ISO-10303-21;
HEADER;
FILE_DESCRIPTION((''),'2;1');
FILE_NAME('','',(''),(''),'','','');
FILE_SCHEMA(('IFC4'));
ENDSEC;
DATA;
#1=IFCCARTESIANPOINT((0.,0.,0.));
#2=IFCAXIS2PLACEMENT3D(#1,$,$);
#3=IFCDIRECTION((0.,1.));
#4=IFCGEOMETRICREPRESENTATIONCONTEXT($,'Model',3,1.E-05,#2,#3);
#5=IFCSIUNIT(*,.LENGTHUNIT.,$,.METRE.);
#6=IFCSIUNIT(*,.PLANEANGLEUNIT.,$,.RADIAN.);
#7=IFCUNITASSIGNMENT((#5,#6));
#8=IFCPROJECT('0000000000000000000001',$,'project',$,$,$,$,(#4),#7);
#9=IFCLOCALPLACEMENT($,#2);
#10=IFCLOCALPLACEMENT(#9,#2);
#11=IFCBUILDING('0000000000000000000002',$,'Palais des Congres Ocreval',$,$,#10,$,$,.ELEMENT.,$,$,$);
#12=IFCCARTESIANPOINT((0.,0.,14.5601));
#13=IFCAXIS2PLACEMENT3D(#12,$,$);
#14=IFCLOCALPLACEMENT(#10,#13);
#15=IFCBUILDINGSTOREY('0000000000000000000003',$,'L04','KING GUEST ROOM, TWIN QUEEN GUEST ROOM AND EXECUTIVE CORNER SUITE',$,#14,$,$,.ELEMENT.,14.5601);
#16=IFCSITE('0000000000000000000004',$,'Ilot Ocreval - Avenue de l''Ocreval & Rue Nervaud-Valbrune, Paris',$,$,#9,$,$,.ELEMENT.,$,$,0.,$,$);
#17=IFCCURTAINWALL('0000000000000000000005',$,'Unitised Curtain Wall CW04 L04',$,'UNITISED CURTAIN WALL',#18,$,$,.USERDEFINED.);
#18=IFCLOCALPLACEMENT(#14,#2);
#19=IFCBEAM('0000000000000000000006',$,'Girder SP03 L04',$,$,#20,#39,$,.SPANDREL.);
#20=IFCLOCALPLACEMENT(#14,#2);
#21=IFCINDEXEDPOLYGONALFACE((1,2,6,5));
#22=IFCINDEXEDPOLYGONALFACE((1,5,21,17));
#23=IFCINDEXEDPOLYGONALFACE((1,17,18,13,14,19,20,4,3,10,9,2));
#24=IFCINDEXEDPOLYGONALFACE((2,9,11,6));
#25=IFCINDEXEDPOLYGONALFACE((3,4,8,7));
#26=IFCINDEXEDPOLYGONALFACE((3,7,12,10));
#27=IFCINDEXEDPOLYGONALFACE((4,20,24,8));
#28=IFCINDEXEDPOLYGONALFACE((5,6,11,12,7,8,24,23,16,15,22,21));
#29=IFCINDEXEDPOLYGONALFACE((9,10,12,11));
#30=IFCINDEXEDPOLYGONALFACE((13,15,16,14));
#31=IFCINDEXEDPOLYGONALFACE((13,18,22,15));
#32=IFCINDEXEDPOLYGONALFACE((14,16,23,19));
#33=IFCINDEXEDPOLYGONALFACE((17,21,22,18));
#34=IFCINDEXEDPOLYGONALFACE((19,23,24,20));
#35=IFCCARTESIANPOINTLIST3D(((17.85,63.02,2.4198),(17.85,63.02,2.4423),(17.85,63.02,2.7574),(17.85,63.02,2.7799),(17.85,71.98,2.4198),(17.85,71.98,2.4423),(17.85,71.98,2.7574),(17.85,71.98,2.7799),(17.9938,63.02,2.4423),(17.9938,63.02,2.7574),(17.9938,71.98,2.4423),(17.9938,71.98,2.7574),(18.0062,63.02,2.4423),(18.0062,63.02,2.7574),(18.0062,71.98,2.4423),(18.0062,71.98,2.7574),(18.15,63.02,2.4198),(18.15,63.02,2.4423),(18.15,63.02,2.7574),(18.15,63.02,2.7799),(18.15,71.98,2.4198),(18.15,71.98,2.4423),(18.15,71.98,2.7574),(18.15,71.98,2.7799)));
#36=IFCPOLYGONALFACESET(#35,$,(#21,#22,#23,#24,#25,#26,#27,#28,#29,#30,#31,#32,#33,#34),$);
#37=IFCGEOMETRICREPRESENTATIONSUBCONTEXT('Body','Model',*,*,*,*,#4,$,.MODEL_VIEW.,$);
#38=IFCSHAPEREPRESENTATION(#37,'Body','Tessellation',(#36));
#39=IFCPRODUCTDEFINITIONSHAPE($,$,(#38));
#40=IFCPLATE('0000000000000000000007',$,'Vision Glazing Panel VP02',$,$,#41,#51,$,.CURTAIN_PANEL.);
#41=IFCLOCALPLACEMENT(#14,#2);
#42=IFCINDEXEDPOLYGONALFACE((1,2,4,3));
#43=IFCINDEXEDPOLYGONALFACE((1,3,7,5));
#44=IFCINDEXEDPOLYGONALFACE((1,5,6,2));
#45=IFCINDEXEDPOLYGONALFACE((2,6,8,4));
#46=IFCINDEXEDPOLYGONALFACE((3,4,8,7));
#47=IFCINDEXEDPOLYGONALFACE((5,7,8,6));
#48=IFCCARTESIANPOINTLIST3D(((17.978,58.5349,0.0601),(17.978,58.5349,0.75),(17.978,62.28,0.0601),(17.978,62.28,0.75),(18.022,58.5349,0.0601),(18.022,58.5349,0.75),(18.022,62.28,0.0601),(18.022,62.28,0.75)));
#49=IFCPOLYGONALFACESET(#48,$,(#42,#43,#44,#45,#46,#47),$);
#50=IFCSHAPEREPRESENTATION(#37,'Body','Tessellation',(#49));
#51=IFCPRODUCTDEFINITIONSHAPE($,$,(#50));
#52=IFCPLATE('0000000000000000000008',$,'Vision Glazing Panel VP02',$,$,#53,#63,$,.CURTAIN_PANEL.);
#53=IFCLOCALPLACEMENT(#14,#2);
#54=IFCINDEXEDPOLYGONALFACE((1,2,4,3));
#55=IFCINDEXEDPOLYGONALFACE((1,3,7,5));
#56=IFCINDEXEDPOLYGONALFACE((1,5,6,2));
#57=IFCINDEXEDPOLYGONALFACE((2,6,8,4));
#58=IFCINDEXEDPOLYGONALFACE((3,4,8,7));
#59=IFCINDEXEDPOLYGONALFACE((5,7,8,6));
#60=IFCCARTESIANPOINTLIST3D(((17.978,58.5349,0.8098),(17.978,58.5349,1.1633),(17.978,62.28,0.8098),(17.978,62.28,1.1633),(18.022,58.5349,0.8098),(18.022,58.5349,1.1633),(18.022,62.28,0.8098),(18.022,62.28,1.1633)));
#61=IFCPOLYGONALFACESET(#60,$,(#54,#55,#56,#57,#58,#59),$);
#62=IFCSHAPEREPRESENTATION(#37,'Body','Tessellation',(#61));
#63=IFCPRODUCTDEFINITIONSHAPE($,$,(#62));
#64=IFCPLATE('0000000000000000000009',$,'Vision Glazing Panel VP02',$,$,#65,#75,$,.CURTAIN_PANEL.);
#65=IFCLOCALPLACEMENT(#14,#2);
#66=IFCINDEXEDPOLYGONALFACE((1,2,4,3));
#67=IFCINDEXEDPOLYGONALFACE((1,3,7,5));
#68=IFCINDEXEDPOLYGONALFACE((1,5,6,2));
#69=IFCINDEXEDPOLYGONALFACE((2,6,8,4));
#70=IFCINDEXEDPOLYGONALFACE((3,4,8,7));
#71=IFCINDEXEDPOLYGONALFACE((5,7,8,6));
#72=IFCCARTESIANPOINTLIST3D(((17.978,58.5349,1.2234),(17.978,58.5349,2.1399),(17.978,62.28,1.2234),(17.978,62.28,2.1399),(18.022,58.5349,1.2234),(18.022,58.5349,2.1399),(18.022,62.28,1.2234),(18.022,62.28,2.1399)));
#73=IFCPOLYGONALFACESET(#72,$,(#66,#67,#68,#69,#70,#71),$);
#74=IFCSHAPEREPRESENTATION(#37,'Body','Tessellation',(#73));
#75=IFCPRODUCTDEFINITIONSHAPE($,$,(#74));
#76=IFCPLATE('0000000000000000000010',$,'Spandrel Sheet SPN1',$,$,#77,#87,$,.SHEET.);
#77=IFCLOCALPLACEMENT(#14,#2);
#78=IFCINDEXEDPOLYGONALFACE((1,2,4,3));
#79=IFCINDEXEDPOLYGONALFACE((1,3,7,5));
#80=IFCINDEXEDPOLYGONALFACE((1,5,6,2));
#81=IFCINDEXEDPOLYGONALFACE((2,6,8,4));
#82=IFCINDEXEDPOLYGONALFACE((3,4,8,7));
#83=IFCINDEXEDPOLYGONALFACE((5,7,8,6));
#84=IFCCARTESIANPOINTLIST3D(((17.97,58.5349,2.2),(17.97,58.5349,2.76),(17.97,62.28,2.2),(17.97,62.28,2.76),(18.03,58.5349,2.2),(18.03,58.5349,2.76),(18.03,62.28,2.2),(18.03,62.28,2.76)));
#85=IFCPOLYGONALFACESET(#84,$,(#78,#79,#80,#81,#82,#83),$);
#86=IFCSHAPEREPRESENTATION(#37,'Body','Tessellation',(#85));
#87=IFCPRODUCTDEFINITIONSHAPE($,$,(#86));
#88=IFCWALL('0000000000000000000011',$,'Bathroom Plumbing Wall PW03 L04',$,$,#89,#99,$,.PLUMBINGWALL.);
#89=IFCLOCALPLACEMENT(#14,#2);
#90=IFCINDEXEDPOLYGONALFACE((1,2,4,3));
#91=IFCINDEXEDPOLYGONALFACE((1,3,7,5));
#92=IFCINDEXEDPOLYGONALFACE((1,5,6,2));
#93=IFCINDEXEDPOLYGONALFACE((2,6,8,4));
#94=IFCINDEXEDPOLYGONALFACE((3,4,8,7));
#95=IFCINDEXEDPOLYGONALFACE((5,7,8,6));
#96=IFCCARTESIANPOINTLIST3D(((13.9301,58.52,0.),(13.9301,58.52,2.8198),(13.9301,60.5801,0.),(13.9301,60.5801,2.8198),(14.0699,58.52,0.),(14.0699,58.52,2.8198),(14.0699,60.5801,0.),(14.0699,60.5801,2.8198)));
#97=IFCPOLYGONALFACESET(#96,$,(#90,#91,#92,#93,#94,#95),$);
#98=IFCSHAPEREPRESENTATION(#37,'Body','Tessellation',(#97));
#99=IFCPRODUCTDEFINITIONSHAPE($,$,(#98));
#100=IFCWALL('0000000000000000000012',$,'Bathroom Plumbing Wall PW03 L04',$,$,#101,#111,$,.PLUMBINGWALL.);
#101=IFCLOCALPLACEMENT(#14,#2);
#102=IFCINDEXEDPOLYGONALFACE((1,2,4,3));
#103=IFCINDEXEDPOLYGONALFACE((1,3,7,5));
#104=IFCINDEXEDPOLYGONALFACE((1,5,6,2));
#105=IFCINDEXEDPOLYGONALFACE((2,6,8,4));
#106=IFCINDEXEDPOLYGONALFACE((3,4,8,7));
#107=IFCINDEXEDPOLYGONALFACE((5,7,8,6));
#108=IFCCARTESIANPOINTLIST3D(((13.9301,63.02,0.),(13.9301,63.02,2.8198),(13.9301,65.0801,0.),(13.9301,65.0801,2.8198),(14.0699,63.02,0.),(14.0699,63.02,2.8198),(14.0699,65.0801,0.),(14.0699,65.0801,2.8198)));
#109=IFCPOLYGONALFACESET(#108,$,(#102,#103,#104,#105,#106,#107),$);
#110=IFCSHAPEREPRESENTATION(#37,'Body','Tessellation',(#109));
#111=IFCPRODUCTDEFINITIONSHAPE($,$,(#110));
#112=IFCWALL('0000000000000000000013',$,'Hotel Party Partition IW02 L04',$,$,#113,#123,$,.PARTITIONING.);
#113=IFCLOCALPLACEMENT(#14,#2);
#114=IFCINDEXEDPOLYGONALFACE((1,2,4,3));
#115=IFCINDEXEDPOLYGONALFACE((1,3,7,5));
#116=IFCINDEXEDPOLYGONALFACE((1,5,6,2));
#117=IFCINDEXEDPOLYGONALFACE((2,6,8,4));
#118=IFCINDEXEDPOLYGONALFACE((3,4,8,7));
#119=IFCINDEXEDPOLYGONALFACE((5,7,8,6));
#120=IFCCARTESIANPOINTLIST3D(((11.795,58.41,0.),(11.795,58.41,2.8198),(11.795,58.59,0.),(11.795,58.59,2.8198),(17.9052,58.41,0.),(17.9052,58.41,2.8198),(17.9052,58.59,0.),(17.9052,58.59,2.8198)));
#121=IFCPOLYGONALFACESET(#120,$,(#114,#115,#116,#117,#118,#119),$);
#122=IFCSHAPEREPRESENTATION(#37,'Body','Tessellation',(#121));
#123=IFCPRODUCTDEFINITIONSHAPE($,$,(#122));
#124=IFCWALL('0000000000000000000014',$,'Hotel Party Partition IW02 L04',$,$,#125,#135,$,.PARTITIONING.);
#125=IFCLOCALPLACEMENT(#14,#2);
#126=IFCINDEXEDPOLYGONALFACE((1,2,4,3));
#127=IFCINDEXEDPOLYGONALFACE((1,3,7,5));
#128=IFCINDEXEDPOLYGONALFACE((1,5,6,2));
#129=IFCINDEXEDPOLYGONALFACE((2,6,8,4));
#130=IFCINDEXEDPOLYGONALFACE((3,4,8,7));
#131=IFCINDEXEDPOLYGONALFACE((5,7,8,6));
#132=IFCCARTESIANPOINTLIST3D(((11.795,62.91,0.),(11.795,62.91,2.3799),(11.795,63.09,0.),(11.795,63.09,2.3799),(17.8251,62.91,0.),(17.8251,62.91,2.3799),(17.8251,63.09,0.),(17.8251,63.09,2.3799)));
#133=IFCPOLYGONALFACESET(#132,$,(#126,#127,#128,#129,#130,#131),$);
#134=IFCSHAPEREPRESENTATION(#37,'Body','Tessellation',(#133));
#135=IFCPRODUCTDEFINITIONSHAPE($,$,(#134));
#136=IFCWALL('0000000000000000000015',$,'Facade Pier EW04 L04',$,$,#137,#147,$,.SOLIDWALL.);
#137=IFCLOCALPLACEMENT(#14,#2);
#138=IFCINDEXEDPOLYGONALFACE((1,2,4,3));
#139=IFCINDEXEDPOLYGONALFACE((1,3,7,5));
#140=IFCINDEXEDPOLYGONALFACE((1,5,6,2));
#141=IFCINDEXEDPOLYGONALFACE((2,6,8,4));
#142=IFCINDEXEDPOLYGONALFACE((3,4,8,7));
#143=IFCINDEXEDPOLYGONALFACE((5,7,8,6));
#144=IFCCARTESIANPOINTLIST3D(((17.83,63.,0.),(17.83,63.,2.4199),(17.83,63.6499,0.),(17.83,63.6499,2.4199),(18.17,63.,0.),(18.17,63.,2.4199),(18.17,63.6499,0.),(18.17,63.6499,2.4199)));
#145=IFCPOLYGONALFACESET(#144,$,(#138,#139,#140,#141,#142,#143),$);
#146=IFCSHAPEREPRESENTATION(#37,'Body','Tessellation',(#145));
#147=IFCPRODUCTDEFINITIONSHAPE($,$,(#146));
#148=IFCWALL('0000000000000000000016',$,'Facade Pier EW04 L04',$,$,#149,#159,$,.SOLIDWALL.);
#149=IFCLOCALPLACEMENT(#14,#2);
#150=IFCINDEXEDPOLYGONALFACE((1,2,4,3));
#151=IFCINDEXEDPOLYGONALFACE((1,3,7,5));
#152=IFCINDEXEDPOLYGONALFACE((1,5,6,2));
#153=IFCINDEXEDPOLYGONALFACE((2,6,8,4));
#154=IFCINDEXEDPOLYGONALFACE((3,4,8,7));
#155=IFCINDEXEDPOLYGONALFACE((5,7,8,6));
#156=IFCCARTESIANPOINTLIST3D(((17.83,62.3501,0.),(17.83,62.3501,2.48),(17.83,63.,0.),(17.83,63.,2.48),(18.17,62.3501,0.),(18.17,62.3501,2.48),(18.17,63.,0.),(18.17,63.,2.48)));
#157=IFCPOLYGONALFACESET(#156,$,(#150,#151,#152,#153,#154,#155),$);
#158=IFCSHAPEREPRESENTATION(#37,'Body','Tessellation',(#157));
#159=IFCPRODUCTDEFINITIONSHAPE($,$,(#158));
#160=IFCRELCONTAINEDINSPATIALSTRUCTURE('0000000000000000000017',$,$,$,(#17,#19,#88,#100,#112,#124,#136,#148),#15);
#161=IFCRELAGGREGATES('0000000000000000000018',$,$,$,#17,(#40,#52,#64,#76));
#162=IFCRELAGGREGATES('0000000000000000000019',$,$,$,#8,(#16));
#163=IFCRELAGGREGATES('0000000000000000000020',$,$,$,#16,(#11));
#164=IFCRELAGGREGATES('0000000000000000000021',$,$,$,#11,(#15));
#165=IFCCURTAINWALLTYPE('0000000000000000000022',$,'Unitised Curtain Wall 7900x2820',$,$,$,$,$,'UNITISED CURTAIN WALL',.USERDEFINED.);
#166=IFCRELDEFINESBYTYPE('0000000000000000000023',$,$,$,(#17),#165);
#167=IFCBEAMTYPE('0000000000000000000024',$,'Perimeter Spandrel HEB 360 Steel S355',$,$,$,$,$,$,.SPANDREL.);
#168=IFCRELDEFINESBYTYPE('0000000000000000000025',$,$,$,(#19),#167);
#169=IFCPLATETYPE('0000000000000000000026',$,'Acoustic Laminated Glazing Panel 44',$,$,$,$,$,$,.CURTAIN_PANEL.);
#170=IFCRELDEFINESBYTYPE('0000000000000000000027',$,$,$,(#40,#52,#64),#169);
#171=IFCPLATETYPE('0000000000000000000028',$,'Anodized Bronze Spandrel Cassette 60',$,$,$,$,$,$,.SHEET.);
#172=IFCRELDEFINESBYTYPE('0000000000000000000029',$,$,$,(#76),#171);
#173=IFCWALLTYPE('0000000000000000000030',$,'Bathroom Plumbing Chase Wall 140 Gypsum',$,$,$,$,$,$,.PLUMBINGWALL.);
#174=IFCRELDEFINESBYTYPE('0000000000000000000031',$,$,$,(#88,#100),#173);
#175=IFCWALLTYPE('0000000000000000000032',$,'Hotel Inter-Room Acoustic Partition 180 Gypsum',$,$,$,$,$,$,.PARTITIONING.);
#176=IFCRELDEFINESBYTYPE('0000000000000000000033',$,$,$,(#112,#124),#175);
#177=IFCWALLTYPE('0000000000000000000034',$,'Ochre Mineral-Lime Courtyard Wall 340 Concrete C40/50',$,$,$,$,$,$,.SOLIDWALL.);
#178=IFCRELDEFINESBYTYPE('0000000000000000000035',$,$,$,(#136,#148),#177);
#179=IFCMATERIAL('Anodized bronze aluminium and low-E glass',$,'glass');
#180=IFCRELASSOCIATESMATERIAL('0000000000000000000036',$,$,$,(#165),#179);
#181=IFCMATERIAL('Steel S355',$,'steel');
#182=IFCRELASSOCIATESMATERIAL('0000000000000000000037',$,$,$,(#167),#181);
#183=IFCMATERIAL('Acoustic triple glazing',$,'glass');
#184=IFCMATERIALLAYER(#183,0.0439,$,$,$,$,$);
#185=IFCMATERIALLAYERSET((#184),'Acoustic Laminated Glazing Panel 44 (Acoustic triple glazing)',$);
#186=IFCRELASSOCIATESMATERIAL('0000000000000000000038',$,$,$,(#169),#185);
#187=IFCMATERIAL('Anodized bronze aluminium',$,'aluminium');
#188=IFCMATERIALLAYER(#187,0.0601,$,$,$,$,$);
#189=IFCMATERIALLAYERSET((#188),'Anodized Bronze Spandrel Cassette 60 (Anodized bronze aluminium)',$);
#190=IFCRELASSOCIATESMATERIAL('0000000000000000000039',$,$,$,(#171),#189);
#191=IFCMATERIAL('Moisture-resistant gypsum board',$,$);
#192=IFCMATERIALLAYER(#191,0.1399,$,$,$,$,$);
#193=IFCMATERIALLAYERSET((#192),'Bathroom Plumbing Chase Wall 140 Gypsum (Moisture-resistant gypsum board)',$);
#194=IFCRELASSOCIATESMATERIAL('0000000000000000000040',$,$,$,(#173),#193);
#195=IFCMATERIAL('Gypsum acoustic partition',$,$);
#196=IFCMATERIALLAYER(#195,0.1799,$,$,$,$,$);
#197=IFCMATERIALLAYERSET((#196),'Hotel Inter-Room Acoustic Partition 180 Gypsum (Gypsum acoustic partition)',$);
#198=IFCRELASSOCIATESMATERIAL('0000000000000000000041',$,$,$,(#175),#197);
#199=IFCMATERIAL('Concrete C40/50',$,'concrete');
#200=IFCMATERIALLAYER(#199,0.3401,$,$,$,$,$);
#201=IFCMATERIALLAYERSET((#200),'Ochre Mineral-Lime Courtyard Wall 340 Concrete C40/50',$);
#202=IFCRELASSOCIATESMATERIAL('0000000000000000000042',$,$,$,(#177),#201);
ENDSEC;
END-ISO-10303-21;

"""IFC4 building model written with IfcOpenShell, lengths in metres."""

from ifc_helpers import new_model, si_unit, direction, frame, frame_2d, origin, origin_2d, place, context, subcontext, project, spatial, rectangle, i_section, extrude, material, layer, layer_set, material_profile, profile_set, type_object, element, aggregate, save


model = new_model("IFC4")

# Units and contexts
model_context = context("Model", 3, precision=1e-05, world=origin(), true_north=direction((0.0, 1.0)))
body_context = subcontext(model_context, "Body", "Model", "MODEL_VIEW")
ifc_project = project(units=[si_unit("LENGTHUNIT", "METRE"), si_unit("PLANEANGLEUNIT", "RADIAN")], contexts=[model_context])

# Site, building, storey
site_placement = place(None, origin())
site = spatial("IfcSite", under=ifc_project, at=site_placement, Name="Ilot Ocreval - Avenue de l'Ocreval & Rue Nervaud-Valbrune, Paris", CompositionType="ELEMENT", RefElevation=0.0)
building_placement = place(site_placement, origin())
building = spatial("IfcBuilding", under=site, at=building_placement, Name="Palais des Congres Ocreval", CompositionType="ELEMENT")
storey_placement = place(building_placement, frame((0.0, 0.0, 14.5601)))
storey = spatial("IfcBuildingStorey", under=building, at=storey_placement, Name="L04", Description="KING GUEST ROOM, TWIN QUEEN GUEST ROOM AND EXECUTIVE CORNER SUITE", CompositionType="ELEMENT", Elevation=14.5601)

# Shared definitions
ifc_material_1 = material(Name="Concrete C40/50", Category="concrete")

# Shared definitions
ifc_material_2 = material(Name="Anodized bronze aluminium and low-E glass", Category="glass")
curtain_wall_type = type_object("IfcCurtainWallType", Name="Unitised Curtain Wall 7900x2820", ElementType="UNITISED CURTAIN WALL", PredefinedType="USERDEFINED", material=ifc_material_2)
ifc_material_3 = material(Name="Anodized bronze aluminium", Category="aluminium")

# Curtain wall
curtain_wall_1_placement = place(storey_placement, origin())
curtain_wall_1 = element("IfcCurtainWall", 1, at=curtain_wall_1_placement, inside=storey, type_object=curtain_wall_type, Name="Unitised Curtain Wall CW04 L04", ObjectType="UNITISED CURTAIN WALL", PredefinedType="USERDEFINED")

# Beam
ifc_material_4 = material(Name="Steel S355", Category="steel")
ifc_material_profile_1 = material_profile(ifc_material_4, i_section(OverallWidth=0.3, OverallDepth=0.3601, WebThickness=0.0125, FlangeThickness=0.0225, at=origin_2d()), Name="HEB 360")
ifc_profile_set_1 = profile_set([ifc_material_profile_1], Name="Steel S355")
beam_type = type_object("IfcBeamType", Name="Perimeter Spandrel HEB 360 Steel S355", PredefinedType="SPANDREL", material=ifc_profile_set_1)
beam_placement = place(storey_placement, frame((18.0, 63.02, 2.5999), z_axis=(0.0, 1.0, 0.0), x_axis=(-1.0, 0.0, 0.0)))
element("IfcBeam", 2, at=beam_placement, inside=storey, type_object=beam_type, Name="Girder SP03 L04", PredefinedType="SPANDREL", context=body_context, shape_type="SweptSolid", body=[
    extrude(i_section(OverallWidth=0.3, OverallDepth=0.3601, WebThickness=0.0125, FlangeThickness=0.0225, at=origin_2d()), origin(), (0.0, 0.0, 1.0), 8.96),
])

# Plates
ifc_material_5 = material(Name="Acoustic triple glazing", Category="glass")
ifc_layer_1 = layer(ifc_material_5, 0.0439)
ifc_layer_set_1 = layer_set([ifc_layer_1], Name="Acoustic Laminated Glazing Panel 44 (Acoustic triple glazing)")
plate_type_1 = type_object("IfcPlateType", Name="Acoustic Laminated Glazing Panel 44", PredefinedType="CURTAIN_PANEL", material=ifc_layer_set_1)
plate_1_placement = place(storey_placement, frame((18.0, 60.4075, 0.0601), z_axis=(0.0, 0.0, 1.0), x_axis=(0.0, -1.0, 0.0)))
plate_1 = element("IfcPlate", 3, at=plate_1_placement, type_object=plate_type_1, Name="Vision Glazing Panel VP02", PredefinedType="CURTAIN_PANEL", context=body_context, shape_type="SweptSolid", body=[
    extrude(rectangle(XDim=3.7451, YDim=0.0439, at=origin_2d()), origin(), (0.0, 0.0, 1.0), 0.6899),
])
plate_2_placement = place(storey_placement, frame((18.0, 60.4075, 0.8098), z_axis=(0.0, 0.0, 1.0), x_axis=(0.0, -1.0, 0.0)))
plate_2 = element("IfcPlate", 4, at=plate_2_placement, type_object=plate_type_1, Name="Vision Glazing Panel VP02", PredefinedType="CURTAIN_PANEL", context=body_context, shape_type="SweptSolid", body=[
    extrude(rectangle(XDim=3.7451, YDim=0.0439, at=origin_2d()), origin(), (0.0, 0.0, 1.0), 0.3535),
])
plate_3_placement = place(storey_placement, frame((18.0, 60.4075, 1.2234), z_axis=(0.0, 0.0, 1.0), x_axis=(0.0, -1.0, 0.0)))
plate_3 = element("IfcPlate", 5, at=plate_3_placement, type_object=plate_type_1, Name="Vision Glazing Panel VP02", PredefinedType="CURTAIN_PANEL", context=body_context, shape_type="SweptSolid", body=[
    extrude(rectangle(XDim=3.7451, YDim=0.0439, at=origin_2d()), origin(), (0.0, 0.0, 1.0), 0.9165),
])
ifc_layer_2 = layer(ifc_material_3, 0.0601)
ifc_layer_set_2 = layer_set([ifc_layer_2], Name="Anodized Bronze Spandrel Cassette 60 (Anodized bronze aluminium)")
plate_type_2 = type_object("IfcPlateType", Name="Anodized Bronze Spandrel Cassette 60", PredefinedType="SHEET", material=ifc_layer_set_2)
plate_4_placement = place(storey_placement, frame((18.0, 60.4075, 2.2), z_axis=(0.0, 0.0, 1.0), x_axis=(0.0, -1.0, 0.0)))
plate_4 = element("IfcPlate", 6, at=plate_4_placement, type_object=plate_type_2, Name="Spandrel Sheet SPN1", PredefinedType="SHEET", context=body_context, shape_type="SweptSolid", body=[
    extrude(rectangle(XDim=3.7451, YDim=0.0601, at=origin_2d()), origin(), (0.0, 0.0, 1.0), 0.5601),
])
aggregate(curtain_wall_1, [plate_1, plate_2, plate_3, plate_4])

# Walls
ifc_material_6 = material(Name="Moisture-resistant gypsum board")
ifc_layer_3 = layer(ifc_material_6, 0.1399)
ifc_layer_set_3 = layer_set([ifc_layer_3], Name="Bathroom Plumbing Chase Wall 140 Gypsum (Moisture-resistant gypsum board)")
wall_type_1 = type_object("IfcWallType", Name="Bathroom Plumbing Chase Wall 140 Gypsum", PredefinedType="PLUMBINGWALL", material=ifc_layer_set_3)
for number, where, z_axis, x_axis, name in (
    (7, (14.0, 58.52, 0.0), (0.0, 0.0, 1.0), (0.0, 1.0, 0.0), "Bathroom Plumbing Wall PW03 L04"),
    (8, (14.0, 63.02, 0.0), (0.0, 0.0, 1.0), (0.0, 1.0, 0.0), "Bathroom Plumbing Wall PW03 L04"),
):
    element("IfcWall", number, at=place(storey_placement, frame(where, z_axis=z_axis, x_axis=x_axis)), inside=storey, type_object=wall_type_1, Name=name, PredefinedType="PLUMBINGWALL", context=body_context, shape_type="SweptSolid", body=[
        extrude(rectangle(XDim=2.0601, YDim=0.1399, at=frame_2d((1.03, 0.0))), origin(), (0.0, 0.0, 1.0), 2.8198),
    ])
ifc_material_7 = material(Name="Gypsum acoustic partition")
ifc_layer_4 = layer(ifc_material_7, 0.1799)
ifc_layer_set_4 = layer_set([ifc_layer_4], Name="Hotel Inter-Room Acoustic Partition 180 Gypsum (Gypsum acoustic partition)")
wall_type_2 = type_object("IfcWallType", Name="Hotel Inter-Room Acoustic Partition 180 Gypsum", PredefinedType="PARTITIONING", material=ifc_layer_set_4)
wall_1_placement = place(storey_placement, frame((11.7949, 58.5, 0.0), z_axis=(0.0, 0.0, 1.0), x_axis=(1.0, 0.0, 0.0)))
element("IfcWall", 9, at=wall_1_placement, inside=storey, type_object=wall_type_2, Name="Hotel Party Partition IW02 L04", PredefinedType="PARTITIONING", context=body_context, shape_type="SweptSolid", body=[
    extrude(rectangle(XDim=6.1101, YDim=0.1799, at=frame_2d((3.0552, 0.0))), origin(), (0.0, 0.0, 1.0), 2.8198),
])
wall_2_placement = place(storey_placement, frame((11.7949, 63.0, 0.0), z_axis=(0.0, 0.0, 1.0), x_axis=(1.0, 0.0, 0.0)))
element("IfcWall", 10, at=wall_2_placement, inside=storey, type_object=wall_type_2, Name="Hotel Party Partition IW02 L04", PredefinedType="PARTITIONING", context=body_context, shape_type="SweptSolid", body=[
    extrude(rectangle(XDim=6.03, YDim=0.1799, at=frame_2d((3.0151, 0.0))), origin(), (0.0, 0.0, 1.0), 2.3799),
])
ifc_layer_5 = layer(ifc_material_1, 0.3401)
ifc_layer_set_5 = layer_set([ifc_layer_5], Name="Ochre Mineral-Lime Courtyard Wall 340 Concrete C40/50")
wall_type_3 = type_object("IfcWallType", Name="Ochre Mineral-Lime Courtyard Wall 340 Concrete C40/50", PredefinedType="SOLIDWALL", material=ifc_layer_set_5)
wall_3_placement = place(storey_placement, frame((18.0, 63.6499, 0.0), z_axis=(0.0, 0.0, 1.0), x_axis=(0.0, -1.0, 0.0)))
element("IfcWall", 11, at=wall_3_placement, inside=storey, type_object=wall_type_3, Name="Facade Pier EW04 L04", PredefinedType="SOLIDWALL", context=body_context, shape_type="SweptSolid", body=[
    extrude(rectangle(XDim=0.6499, YDim=0.3401, at=frame_2d((0.325, 0.0))), origin(), (0.0, 0.0, 1.0), 2.4199),
])
wall_4_placement = place(storey_placement, frame((18.0, 63.0, 0.0), z_axis=(0.0, 0.0, 1.0), x_axis=(0.0, -1.0, 0.0)))
element("IfcWall", 12, at=wall_4_placement, inside=storey, type_object=wall_type_3, Name="Facade Pier EW04 L04", PredefinedType="SOLIDWALL", context=body_context, shape_type="SweptSolid", body=[
    extrude(rectangle(XDim=0.6499, YDim=0.3401, at=frame_2d((0.325, 0.0))), origin(), (0.0, 0.0, 1.0), 2.48),
])

save(model, "model.ifc")
